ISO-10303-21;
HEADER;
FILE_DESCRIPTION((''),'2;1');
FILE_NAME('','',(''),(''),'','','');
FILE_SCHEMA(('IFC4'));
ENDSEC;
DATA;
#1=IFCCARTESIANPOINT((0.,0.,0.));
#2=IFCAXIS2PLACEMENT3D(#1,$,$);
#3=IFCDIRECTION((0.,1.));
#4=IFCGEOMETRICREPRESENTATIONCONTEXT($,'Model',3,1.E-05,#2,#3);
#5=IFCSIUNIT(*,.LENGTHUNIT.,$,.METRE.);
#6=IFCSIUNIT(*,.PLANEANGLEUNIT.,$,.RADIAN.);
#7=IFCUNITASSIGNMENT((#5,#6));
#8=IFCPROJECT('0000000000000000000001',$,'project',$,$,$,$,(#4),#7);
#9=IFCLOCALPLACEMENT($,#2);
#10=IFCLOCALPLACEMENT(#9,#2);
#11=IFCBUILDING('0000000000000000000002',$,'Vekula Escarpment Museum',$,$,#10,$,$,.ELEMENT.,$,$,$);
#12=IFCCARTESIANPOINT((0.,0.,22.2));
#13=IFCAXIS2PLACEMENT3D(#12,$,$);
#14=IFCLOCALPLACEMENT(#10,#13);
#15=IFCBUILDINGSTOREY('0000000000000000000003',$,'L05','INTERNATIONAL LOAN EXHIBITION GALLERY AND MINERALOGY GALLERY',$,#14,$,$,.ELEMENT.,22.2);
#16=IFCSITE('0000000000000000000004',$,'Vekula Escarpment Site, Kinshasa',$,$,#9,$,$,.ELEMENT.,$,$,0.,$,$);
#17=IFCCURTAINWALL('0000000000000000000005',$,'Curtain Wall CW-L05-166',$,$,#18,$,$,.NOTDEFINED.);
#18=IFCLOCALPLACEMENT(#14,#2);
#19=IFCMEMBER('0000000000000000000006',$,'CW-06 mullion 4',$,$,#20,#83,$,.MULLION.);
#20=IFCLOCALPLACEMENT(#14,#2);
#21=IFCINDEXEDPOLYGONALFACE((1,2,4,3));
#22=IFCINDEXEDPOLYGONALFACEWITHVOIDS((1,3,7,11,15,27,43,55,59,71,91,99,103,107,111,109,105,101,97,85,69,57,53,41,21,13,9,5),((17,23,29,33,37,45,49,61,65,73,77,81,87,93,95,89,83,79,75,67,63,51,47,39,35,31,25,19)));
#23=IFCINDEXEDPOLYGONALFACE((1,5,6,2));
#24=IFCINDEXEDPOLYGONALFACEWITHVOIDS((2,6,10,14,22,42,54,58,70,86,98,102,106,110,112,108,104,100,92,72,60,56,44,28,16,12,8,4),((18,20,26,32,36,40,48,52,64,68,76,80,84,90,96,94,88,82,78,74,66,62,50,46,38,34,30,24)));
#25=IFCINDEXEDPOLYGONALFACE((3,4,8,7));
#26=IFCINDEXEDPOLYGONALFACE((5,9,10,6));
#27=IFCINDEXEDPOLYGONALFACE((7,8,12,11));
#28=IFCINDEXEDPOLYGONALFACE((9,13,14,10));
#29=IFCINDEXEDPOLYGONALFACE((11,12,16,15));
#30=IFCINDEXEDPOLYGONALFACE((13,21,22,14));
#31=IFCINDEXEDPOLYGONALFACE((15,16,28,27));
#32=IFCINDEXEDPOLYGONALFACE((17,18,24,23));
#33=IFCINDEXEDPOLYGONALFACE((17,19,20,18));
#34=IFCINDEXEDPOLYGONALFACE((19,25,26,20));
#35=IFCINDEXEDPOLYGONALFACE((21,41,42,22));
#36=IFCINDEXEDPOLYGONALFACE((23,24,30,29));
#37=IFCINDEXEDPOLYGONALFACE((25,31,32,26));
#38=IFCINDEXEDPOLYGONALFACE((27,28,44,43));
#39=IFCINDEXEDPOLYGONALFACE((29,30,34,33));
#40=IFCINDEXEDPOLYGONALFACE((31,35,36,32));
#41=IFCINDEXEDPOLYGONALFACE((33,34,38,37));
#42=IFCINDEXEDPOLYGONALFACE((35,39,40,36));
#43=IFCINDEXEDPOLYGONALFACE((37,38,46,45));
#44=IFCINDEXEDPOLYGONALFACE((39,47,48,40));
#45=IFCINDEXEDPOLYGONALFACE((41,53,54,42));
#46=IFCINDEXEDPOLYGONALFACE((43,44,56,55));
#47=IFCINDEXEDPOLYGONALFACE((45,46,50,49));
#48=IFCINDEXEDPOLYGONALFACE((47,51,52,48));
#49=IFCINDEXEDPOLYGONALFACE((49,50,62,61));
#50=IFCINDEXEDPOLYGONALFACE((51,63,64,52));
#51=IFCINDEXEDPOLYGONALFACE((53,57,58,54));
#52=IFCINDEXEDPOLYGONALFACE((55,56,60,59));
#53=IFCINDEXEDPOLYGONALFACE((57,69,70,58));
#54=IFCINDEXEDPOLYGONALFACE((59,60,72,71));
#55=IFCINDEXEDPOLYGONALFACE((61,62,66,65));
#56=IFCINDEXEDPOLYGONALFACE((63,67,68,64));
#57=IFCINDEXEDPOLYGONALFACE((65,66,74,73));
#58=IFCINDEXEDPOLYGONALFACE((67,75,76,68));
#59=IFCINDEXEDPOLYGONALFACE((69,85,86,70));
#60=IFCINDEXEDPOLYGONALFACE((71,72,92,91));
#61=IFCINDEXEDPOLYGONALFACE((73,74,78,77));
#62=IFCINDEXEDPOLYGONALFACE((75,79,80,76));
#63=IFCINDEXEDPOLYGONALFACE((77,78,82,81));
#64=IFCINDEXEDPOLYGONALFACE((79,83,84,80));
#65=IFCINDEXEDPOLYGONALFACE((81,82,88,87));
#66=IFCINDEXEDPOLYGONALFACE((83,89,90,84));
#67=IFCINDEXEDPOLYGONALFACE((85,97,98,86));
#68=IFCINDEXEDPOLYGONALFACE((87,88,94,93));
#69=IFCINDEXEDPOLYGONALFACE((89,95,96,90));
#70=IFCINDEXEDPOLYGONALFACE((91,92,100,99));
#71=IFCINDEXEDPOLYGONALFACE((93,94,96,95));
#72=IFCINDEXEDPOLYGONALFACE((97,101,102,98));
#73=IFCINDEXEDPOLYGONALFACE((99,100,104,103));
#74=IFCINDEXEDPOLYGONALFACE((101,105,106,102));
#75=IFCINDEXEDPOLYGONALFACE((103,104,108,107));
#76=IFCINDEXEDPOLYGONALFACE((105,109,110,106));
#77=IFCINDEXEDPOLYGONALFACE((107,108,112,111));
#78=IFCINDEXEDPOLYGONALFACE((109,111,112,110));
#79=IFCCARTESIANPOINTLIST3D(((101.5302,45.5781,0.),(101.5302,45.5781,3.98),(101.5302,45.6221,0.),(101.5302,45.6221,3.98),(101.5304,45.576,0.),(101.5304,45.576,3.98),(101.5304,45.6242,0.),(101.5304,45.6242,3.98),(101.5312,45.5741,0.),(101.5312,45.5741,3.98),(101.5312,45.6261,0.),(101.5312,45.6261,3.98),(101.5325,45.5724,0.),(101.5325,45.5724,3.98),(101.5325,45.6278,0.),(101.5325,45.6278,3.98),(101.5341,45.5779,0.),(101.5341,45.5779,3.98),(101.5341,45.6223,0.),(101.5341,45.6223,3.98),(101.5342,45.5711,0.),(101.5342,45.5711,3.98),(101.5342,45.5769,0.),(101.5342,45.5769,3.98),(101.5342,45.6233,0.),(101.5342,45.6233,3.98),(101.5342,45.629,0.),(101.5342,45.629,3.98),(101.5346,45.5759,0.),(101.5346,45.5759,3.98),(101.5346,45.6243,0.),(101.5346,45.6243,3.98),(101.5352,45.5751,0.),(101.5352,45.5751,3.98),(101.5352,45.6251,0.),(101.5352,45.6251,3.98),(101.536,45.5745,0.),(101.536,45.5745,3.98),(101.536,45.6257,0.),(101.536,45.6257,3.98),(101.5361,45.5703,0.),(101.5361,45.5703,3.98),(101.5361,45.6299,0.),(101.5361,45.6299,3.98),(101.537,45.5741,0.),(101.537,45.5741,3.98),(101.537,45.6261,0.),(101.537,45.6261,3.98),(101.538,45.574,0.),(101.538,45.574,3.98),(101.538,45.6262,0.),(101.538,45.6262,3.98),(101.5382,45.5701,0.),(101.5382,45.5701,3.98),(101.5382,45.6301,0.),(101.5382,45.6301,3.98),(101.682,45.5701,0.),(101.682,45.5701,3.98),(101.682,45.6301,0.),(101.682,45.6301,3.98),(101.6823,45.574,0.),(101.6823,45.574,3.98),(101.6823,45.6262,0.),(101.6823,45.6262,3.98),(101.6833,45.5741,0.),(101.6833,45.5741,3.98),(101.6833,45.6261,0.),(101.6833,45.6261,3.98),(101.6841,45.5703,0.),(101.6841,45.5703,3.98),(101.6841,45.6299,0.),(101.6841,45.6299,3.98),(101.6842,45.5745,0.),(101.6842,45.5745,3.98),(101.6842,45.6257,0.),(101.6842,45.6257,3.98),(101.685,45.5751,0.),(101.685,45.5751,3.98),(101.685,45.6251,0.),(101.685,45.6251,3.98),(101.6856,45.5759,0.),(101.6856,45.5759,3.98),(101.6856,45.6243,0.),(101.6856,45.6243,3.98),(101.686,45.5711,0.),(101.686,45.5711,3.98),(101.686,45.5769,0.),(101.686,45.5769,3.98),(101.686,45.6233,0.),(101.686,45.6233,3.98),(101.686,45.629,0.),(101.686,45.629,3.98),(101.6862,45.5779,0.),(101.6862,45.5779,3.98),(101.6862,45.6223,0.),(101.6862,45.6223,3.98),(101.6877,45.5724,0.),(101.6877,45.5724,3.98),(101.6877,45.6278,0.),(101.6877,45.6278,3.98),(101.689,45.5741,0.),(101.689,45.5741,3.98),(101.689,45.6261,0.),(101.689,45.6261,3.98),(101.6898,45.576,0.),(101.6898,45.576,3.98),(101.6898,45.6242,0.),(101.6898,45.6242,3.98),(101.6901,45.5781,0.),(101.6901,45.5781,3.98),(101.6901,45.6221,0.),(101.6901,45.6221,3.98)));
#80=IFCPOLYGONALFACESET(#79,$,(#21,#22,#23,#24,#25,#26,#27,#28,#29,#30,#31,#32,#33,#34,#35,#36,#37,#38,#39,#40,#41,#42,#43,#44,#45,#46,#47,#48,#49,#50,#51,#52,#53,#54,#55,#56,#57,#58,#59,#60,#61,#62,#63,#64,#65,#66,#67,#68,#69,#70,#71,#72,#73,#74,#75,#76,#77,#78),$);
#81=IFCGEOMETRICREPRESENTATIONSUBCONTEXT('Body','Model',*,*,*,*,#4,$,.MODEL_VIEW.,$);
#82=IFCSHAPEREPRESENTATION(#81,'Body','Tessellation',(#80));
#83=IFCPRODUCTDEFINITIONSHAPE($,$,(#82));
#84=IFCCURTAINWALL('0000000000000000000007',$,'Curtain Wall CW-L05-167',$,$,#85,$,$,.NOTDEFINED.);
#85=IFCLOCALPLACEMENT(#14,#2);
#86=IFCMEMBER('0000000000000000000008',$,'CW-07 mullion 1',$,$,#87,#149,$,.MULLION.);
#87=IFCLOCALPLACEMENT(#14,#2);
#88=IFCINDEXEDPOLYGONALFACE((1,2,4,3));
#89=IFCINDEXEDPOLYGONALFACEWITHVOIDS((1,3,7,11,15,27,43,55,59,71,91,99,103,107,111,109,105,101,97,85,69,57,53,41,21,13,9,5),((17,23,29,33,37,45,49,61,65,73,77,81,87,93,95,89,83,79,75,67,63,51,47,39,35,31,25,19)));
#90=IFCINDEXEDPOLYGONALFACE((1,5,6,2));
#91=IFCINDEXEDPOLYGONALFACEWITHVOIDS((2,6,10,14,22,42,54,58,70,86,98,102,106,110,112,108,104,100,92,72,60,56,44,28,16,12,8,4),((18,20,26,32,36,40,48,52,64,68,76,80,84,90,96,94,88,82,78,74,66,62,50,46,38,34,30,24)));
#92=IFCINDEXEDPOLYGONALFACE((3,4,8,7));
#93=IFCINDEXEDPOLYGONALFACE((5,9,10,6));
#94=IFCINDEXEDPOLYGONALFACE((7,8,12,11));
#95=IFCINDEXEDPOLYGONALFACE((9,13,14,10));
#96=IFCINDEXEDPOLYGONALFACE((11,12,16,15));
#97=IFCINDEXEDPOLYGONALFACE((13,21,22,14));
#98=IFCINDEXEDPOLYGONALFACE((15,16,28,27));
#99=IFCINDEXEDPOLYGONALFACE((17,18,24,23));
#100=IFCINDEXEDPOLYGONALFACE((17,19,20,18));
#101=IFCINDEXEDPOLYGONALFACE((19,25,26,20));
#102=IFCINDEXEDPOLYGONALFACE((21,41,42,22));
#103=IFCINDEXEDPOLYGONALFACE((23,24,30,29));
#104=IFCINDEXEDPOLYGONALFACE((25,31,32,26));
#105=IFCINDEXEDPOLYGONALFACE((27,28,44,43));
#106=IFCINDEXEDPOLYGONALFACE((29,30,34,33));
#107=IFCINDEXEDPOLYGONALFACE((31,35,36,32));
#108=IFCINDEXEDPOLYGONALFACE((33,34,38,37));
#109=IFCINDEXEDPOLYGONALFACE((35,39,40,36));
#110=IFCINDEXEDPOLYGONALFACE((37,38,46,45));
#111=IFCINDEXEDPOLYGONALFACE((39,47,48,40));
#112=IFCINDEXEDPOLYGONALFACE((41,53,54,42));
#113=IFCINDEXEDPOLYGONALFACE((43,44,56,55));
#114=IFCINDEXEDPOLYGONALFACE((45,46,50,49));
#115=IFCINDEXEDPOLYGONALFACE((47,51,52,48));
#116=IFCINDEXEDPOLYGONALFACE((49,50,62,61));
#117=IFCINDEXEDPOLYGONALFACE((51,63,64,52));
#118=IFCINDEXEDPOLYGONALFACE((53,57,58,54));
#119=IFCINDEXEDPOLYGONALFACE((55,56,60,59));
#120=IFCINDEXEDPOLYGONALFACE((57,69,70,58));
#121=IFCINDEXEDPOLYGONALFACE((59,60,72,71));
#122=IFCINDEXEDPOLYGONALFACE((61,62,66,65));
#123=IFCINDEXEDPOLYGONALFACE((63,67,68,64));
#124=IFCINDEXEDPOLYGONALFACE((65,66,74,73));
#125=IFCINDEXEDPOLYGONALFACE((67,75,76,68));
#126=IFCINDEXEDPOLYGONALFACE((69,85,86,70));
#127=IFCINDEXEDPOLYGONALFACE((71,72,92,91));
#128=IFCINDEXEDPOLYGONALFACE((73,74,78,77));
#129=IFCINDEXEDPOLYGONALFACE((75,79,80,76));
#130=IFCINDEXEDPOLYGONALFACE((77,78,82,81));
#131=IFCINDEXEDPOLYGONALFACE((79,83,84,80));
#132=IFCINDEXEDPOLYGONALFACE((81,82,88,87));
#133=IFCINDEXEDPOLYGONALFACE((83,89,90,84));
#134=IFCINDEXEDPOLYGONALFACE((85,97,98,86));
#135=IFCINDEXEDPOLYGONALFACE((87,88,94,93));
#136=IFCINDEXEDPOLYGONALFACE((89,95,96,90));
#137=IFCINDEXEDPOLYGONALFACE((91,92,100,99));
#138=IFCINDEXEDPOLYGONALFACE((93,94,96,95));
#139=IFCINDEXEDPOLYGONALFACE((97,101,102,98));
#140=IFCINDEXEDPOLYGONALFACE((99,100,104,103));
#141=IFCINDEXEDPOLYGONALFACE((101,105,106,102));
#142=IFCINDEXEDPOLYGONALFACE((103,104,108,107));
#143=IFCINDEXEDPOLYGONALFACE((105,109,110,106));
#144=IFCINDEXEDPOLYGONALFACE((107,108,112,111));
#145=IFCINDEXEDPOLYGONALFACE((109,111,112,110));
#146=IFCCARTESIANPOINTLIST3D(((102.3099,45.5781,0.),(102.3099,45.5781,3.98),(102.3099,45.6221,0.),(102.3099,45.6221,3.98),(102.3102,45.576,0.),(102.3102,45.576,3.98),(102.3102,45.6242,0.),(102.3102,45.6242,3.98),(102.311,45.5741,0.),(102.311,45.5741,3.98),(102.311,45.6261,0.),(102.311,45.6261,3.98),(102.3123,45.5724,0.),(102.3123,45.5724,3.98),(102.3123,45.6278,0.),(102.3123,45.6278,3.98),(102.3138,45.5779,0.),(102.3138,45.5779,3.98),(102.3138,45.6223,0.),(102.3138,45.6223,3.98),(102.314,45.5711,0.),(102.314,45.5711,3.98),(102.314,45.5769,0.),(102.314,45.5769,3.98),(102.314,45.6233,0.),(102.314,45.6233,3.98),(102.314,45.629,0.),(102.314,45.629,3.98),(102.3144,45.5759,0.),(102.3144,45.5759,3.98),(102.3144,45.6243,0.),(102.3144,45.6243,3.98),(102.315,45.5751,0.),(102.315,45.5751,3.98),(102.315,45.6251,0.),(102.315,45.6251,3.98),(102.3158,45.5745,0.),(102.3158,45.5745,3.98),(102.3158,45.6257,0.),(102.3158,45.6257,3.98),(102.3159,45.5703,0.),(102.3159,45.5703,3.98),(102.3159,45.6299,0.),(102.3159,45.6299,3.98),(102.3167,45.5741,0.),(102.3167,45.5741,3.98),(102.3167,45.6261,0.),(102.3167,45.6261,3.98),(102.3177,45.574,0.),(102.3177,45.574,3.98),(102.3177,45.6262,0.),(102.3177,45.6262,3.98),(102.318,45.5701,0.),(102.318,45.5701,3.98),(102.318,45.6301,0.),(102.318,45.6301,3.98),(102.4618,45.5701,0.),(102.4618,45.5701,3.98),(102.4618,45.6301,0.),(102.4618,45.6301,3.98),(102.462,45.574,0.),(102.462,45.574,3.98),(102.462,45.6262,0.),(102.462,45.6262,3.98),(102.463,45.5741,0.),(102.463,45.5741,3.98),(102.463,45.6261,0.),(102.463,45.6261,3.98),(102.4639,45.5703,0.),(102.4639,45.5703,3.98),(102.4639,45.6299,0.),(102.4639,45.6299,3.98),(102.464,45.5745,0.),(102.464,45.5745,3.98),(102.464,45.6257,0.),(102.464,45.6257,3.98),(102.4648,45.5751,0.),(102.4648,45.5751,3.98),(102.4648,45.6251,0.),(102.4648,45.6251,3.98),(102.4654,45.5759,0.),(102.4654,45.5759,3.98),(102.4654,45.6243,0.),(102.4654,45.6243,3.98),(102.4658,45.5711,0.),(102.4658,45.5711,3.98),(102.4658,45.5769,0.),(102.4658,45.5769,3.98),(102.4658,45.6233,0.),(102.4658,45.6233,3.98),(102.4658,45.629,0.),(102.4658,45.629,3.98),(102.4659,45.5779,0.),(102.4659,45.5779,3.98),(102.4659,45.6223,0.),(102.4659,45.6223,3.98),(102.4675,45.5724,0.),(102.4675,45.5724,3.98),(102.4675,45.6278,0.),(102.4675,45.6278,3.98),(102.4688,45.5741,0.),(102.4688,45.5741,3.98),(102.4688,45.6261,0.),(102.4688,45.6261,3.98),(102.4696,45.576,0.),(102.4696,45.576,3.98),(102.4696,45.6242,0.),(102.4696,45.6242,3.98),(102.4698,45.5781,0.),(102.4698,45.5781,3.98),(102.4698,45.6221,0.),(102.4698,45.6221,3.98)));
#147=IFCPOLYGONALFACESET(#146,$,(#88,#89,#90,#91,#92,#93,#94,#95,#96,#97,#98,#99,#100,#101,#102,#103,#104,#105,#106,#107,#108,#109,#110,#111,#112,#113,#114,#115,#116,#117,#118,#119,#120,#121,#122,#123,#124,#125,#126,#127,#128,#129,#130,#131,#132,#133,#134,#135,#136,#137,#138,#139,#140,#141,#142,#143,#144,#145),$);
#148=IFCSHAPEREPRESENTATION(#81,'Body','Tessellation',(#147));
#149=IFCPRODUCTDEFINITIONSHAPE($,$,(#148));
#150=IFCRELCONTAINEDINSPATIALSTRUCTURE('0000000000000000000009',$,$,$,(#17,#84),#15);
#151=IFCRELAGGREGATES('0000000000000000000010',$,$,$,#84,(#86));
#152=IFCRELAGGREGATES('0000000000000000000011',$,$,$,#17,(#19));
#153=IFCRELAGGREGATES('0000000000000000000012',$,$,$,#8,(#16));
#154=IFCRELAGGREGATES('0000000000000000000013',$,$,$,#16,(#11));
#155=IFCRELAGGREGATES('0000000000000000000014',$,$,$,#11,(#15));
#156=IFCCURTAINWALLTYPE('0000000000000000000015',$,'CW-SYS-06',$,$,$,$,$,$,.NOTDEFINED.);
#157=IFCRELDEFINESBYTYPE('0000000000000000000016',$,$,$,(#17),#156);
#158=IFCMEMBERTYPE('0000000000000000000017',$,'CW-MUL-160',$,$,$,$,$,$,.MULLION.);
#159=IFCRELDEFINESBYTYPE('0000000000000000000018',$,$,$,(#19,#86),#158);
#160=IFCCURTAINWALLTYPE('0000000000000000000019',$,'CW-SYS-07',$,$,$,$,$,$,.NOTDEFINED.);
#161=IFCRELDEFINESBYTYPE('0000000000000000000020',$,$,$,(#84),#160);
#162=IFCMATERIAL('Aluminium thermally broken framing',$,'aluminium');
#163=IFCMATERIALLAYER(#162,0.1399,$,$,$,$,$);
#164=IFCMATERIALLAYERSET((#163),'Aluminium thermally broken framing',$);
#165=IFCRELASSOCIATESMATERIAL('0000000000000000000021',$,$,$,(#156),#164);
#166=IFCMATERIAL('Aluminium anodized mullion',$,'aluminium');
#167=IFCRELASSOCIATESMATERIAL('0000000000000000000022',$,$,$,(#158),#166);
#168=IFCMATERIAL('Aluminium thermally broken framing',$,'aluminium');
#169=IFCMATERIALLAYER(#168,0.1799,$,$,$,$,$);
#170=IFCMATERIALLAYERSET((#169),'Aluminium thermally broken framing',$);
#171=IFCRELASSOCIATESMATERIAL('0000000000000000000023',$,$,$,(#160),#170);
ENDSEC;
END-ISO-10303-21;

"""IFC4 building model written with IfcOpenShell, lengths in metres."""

from ifc_helpers import new_model, si_unit, direction, frame, origin, origin_2d, place, context, subcontext, project, spatial, hollow_rectangle, extrude, material, layer, layer_set, material_profile, profile_set, type_object, element, aggregate, save


model = new_model("IFC4")

# Units and contexts
model_context = context("Model", 3, precision=1e-05, world=origin(), true_north=direction((0.0, 1.0)))
body_context = subcontext(model_context, "Body", "Model", "MODEL_VIEW")
ifc_project = project(units=[si_unit("LENGTHUNIT", "METRE"), si_unit("PLANEANGLEUNIT", "RADIAN")], contexts=[model_context])

# Site, building, storey
site_placement = place(None, origin())
site = spatial("IfcSite", under=ifc_project, at=site_placement, Name="Vekula Escarpment Site, Kinshasa", CompositionType="ELEMENT", RefElevation=0.0)
building_placement = place(site_placement, origin())
building = spatial("IfcBuilding", under=site, at=building_placement, Name="Vekula Escarpment Museum", CompositionType="ELEMENT")
storey_placement = place(building_placement, frame((0.0, 0.0, 22.2)))
storey = spatial("IfcBuildingStorey", under=building, at=storey_placement, Name="L05", Description="INTERNATIONAL LOAN EXHIBITION GALLERY AND MINERALOGY GALLERY", CompositionType="ELEMENT", Elevation=22.2)

# Curtain wall, member
ifc_material_1 = material(Name="Aluminium thermally broken framing", Category="aluminium")
ifc_layer_1 = layer(ifc_material_1, 0.1399)
ifc_layer_set_1 = layer_set([ifc_layer_1], Name="Aluminium thermally broken framing")
curtain_wall_type_1 = type_object("IfcCurtainWallType", Name="CW-SYS-06", PredefinedType="NOTDEFINED", material=ifc_layer_set_1)
curtain_wall_1_placement = place(storey_placement, origin())
curtain_wall_1 = element("IfcCurtainWall", 1, at=curtain_wall_1_placement, inside=storey, type_object=curtain_wall_type_1, Name="Curtain Wall CW-L05-166", PredefinedType="NOTDEFINED")
ifc_material_2 = material(Name="Aluminium anodized mullion", Category="aluminium")
ifc_material_profile_1 = material_profile(ifc_material_2, hollow_rectangle(XDim=0.0601, YDim=0.1599, WallThickness=0.0039, InnerFilletRadius=0.0039, OuterFilletRadius=0.0081, at=origin_2d()), Name="ALU 160x60x4")
ifc_profile_set_1 = profile_set([ifc_material_profile_1], Name="Aluminium anodized mullion")
member_type_1 = type_object("IfcMemberType", Name="CW-MUL-160", PredefinedType="MULLION", material=ifc_profile_set_1)
member_1_placement = place(storey_placement, frame((101.6101, 45.6001, 0.0), z_axis=(0.0, 0.0, 1.0), x_axis=(0.0, 1.0, 0.0)))
member_1 = element("IfcMember", 2, at=member_1_placement, type_object=member_type_1, Name="CW-06 mullion 4", PredefinedType="MULLION", context=body_context, shape_type="SweptSolid", body=[
    extrude(hollow_rectangle(XDim=0.0601, YDim=0.1599, WallThickness=0.0039, InnerFilletRadius=0.0039, OuterFilletRadius=0.0081, at=origin_2d()), origin(), (0.0, 0.0, 1.0), 3.98),
])

# Curtain wall, member
ifc_material_3 = material(Name="Aluminium thermally broken framing", Category="aluminium")
ifc_layer_2 = layer(ifc_material_3, 0.1799)
ifc_layer_set_2 = layer_set([ifc_layer_2], Name="Aluminium thermally broken framing")
curtain_wall_type_2 = type_object("IfcCurtainWallType", Name="CW-SYS-07", PredefinedType="NOTDEFINED", material=ifc_layer_set_2)
curtain_wall_2_placement = place(storey_placement, origin())
curtain_wall_2 = element("IfcCurtainWall", 3, at=curtain_wall_2_placement, inside=storey, type_object=curtain_wall_type_2, Name="Curtain Wall CW-L05-167", PredefinedType="NOTDEFINED")
member_2_placement = place(storey_placement, frame((102.3899, 45.6001, 0.0), z_axis=(0.0, 0.0, 1.0), x_axis=(0.0, 1.0, 0.0)))
member_2 = element("IfcMember", 4, at=member_2_placement, type_object=member_type_1, Name="CW-07 mullion 1", PredefinedType="MULLION", context=body_context, shape_type="SweptSolid", body=[
    extrude(hollow_rectangle(XDim=0.0601, YDim=0.1599, WallThickness=0.0039, InnerFilletRadius=0.0039, OuterFilletRadius=0.0081, at=origin_2d()), origin(), (0.0, 0.0, 1.0), 3.98),
])

aggregate(curtain_wall_2, [member_2])

aggregate(curtain_wall_1, [member_1])

save(model, "model.ifc")
